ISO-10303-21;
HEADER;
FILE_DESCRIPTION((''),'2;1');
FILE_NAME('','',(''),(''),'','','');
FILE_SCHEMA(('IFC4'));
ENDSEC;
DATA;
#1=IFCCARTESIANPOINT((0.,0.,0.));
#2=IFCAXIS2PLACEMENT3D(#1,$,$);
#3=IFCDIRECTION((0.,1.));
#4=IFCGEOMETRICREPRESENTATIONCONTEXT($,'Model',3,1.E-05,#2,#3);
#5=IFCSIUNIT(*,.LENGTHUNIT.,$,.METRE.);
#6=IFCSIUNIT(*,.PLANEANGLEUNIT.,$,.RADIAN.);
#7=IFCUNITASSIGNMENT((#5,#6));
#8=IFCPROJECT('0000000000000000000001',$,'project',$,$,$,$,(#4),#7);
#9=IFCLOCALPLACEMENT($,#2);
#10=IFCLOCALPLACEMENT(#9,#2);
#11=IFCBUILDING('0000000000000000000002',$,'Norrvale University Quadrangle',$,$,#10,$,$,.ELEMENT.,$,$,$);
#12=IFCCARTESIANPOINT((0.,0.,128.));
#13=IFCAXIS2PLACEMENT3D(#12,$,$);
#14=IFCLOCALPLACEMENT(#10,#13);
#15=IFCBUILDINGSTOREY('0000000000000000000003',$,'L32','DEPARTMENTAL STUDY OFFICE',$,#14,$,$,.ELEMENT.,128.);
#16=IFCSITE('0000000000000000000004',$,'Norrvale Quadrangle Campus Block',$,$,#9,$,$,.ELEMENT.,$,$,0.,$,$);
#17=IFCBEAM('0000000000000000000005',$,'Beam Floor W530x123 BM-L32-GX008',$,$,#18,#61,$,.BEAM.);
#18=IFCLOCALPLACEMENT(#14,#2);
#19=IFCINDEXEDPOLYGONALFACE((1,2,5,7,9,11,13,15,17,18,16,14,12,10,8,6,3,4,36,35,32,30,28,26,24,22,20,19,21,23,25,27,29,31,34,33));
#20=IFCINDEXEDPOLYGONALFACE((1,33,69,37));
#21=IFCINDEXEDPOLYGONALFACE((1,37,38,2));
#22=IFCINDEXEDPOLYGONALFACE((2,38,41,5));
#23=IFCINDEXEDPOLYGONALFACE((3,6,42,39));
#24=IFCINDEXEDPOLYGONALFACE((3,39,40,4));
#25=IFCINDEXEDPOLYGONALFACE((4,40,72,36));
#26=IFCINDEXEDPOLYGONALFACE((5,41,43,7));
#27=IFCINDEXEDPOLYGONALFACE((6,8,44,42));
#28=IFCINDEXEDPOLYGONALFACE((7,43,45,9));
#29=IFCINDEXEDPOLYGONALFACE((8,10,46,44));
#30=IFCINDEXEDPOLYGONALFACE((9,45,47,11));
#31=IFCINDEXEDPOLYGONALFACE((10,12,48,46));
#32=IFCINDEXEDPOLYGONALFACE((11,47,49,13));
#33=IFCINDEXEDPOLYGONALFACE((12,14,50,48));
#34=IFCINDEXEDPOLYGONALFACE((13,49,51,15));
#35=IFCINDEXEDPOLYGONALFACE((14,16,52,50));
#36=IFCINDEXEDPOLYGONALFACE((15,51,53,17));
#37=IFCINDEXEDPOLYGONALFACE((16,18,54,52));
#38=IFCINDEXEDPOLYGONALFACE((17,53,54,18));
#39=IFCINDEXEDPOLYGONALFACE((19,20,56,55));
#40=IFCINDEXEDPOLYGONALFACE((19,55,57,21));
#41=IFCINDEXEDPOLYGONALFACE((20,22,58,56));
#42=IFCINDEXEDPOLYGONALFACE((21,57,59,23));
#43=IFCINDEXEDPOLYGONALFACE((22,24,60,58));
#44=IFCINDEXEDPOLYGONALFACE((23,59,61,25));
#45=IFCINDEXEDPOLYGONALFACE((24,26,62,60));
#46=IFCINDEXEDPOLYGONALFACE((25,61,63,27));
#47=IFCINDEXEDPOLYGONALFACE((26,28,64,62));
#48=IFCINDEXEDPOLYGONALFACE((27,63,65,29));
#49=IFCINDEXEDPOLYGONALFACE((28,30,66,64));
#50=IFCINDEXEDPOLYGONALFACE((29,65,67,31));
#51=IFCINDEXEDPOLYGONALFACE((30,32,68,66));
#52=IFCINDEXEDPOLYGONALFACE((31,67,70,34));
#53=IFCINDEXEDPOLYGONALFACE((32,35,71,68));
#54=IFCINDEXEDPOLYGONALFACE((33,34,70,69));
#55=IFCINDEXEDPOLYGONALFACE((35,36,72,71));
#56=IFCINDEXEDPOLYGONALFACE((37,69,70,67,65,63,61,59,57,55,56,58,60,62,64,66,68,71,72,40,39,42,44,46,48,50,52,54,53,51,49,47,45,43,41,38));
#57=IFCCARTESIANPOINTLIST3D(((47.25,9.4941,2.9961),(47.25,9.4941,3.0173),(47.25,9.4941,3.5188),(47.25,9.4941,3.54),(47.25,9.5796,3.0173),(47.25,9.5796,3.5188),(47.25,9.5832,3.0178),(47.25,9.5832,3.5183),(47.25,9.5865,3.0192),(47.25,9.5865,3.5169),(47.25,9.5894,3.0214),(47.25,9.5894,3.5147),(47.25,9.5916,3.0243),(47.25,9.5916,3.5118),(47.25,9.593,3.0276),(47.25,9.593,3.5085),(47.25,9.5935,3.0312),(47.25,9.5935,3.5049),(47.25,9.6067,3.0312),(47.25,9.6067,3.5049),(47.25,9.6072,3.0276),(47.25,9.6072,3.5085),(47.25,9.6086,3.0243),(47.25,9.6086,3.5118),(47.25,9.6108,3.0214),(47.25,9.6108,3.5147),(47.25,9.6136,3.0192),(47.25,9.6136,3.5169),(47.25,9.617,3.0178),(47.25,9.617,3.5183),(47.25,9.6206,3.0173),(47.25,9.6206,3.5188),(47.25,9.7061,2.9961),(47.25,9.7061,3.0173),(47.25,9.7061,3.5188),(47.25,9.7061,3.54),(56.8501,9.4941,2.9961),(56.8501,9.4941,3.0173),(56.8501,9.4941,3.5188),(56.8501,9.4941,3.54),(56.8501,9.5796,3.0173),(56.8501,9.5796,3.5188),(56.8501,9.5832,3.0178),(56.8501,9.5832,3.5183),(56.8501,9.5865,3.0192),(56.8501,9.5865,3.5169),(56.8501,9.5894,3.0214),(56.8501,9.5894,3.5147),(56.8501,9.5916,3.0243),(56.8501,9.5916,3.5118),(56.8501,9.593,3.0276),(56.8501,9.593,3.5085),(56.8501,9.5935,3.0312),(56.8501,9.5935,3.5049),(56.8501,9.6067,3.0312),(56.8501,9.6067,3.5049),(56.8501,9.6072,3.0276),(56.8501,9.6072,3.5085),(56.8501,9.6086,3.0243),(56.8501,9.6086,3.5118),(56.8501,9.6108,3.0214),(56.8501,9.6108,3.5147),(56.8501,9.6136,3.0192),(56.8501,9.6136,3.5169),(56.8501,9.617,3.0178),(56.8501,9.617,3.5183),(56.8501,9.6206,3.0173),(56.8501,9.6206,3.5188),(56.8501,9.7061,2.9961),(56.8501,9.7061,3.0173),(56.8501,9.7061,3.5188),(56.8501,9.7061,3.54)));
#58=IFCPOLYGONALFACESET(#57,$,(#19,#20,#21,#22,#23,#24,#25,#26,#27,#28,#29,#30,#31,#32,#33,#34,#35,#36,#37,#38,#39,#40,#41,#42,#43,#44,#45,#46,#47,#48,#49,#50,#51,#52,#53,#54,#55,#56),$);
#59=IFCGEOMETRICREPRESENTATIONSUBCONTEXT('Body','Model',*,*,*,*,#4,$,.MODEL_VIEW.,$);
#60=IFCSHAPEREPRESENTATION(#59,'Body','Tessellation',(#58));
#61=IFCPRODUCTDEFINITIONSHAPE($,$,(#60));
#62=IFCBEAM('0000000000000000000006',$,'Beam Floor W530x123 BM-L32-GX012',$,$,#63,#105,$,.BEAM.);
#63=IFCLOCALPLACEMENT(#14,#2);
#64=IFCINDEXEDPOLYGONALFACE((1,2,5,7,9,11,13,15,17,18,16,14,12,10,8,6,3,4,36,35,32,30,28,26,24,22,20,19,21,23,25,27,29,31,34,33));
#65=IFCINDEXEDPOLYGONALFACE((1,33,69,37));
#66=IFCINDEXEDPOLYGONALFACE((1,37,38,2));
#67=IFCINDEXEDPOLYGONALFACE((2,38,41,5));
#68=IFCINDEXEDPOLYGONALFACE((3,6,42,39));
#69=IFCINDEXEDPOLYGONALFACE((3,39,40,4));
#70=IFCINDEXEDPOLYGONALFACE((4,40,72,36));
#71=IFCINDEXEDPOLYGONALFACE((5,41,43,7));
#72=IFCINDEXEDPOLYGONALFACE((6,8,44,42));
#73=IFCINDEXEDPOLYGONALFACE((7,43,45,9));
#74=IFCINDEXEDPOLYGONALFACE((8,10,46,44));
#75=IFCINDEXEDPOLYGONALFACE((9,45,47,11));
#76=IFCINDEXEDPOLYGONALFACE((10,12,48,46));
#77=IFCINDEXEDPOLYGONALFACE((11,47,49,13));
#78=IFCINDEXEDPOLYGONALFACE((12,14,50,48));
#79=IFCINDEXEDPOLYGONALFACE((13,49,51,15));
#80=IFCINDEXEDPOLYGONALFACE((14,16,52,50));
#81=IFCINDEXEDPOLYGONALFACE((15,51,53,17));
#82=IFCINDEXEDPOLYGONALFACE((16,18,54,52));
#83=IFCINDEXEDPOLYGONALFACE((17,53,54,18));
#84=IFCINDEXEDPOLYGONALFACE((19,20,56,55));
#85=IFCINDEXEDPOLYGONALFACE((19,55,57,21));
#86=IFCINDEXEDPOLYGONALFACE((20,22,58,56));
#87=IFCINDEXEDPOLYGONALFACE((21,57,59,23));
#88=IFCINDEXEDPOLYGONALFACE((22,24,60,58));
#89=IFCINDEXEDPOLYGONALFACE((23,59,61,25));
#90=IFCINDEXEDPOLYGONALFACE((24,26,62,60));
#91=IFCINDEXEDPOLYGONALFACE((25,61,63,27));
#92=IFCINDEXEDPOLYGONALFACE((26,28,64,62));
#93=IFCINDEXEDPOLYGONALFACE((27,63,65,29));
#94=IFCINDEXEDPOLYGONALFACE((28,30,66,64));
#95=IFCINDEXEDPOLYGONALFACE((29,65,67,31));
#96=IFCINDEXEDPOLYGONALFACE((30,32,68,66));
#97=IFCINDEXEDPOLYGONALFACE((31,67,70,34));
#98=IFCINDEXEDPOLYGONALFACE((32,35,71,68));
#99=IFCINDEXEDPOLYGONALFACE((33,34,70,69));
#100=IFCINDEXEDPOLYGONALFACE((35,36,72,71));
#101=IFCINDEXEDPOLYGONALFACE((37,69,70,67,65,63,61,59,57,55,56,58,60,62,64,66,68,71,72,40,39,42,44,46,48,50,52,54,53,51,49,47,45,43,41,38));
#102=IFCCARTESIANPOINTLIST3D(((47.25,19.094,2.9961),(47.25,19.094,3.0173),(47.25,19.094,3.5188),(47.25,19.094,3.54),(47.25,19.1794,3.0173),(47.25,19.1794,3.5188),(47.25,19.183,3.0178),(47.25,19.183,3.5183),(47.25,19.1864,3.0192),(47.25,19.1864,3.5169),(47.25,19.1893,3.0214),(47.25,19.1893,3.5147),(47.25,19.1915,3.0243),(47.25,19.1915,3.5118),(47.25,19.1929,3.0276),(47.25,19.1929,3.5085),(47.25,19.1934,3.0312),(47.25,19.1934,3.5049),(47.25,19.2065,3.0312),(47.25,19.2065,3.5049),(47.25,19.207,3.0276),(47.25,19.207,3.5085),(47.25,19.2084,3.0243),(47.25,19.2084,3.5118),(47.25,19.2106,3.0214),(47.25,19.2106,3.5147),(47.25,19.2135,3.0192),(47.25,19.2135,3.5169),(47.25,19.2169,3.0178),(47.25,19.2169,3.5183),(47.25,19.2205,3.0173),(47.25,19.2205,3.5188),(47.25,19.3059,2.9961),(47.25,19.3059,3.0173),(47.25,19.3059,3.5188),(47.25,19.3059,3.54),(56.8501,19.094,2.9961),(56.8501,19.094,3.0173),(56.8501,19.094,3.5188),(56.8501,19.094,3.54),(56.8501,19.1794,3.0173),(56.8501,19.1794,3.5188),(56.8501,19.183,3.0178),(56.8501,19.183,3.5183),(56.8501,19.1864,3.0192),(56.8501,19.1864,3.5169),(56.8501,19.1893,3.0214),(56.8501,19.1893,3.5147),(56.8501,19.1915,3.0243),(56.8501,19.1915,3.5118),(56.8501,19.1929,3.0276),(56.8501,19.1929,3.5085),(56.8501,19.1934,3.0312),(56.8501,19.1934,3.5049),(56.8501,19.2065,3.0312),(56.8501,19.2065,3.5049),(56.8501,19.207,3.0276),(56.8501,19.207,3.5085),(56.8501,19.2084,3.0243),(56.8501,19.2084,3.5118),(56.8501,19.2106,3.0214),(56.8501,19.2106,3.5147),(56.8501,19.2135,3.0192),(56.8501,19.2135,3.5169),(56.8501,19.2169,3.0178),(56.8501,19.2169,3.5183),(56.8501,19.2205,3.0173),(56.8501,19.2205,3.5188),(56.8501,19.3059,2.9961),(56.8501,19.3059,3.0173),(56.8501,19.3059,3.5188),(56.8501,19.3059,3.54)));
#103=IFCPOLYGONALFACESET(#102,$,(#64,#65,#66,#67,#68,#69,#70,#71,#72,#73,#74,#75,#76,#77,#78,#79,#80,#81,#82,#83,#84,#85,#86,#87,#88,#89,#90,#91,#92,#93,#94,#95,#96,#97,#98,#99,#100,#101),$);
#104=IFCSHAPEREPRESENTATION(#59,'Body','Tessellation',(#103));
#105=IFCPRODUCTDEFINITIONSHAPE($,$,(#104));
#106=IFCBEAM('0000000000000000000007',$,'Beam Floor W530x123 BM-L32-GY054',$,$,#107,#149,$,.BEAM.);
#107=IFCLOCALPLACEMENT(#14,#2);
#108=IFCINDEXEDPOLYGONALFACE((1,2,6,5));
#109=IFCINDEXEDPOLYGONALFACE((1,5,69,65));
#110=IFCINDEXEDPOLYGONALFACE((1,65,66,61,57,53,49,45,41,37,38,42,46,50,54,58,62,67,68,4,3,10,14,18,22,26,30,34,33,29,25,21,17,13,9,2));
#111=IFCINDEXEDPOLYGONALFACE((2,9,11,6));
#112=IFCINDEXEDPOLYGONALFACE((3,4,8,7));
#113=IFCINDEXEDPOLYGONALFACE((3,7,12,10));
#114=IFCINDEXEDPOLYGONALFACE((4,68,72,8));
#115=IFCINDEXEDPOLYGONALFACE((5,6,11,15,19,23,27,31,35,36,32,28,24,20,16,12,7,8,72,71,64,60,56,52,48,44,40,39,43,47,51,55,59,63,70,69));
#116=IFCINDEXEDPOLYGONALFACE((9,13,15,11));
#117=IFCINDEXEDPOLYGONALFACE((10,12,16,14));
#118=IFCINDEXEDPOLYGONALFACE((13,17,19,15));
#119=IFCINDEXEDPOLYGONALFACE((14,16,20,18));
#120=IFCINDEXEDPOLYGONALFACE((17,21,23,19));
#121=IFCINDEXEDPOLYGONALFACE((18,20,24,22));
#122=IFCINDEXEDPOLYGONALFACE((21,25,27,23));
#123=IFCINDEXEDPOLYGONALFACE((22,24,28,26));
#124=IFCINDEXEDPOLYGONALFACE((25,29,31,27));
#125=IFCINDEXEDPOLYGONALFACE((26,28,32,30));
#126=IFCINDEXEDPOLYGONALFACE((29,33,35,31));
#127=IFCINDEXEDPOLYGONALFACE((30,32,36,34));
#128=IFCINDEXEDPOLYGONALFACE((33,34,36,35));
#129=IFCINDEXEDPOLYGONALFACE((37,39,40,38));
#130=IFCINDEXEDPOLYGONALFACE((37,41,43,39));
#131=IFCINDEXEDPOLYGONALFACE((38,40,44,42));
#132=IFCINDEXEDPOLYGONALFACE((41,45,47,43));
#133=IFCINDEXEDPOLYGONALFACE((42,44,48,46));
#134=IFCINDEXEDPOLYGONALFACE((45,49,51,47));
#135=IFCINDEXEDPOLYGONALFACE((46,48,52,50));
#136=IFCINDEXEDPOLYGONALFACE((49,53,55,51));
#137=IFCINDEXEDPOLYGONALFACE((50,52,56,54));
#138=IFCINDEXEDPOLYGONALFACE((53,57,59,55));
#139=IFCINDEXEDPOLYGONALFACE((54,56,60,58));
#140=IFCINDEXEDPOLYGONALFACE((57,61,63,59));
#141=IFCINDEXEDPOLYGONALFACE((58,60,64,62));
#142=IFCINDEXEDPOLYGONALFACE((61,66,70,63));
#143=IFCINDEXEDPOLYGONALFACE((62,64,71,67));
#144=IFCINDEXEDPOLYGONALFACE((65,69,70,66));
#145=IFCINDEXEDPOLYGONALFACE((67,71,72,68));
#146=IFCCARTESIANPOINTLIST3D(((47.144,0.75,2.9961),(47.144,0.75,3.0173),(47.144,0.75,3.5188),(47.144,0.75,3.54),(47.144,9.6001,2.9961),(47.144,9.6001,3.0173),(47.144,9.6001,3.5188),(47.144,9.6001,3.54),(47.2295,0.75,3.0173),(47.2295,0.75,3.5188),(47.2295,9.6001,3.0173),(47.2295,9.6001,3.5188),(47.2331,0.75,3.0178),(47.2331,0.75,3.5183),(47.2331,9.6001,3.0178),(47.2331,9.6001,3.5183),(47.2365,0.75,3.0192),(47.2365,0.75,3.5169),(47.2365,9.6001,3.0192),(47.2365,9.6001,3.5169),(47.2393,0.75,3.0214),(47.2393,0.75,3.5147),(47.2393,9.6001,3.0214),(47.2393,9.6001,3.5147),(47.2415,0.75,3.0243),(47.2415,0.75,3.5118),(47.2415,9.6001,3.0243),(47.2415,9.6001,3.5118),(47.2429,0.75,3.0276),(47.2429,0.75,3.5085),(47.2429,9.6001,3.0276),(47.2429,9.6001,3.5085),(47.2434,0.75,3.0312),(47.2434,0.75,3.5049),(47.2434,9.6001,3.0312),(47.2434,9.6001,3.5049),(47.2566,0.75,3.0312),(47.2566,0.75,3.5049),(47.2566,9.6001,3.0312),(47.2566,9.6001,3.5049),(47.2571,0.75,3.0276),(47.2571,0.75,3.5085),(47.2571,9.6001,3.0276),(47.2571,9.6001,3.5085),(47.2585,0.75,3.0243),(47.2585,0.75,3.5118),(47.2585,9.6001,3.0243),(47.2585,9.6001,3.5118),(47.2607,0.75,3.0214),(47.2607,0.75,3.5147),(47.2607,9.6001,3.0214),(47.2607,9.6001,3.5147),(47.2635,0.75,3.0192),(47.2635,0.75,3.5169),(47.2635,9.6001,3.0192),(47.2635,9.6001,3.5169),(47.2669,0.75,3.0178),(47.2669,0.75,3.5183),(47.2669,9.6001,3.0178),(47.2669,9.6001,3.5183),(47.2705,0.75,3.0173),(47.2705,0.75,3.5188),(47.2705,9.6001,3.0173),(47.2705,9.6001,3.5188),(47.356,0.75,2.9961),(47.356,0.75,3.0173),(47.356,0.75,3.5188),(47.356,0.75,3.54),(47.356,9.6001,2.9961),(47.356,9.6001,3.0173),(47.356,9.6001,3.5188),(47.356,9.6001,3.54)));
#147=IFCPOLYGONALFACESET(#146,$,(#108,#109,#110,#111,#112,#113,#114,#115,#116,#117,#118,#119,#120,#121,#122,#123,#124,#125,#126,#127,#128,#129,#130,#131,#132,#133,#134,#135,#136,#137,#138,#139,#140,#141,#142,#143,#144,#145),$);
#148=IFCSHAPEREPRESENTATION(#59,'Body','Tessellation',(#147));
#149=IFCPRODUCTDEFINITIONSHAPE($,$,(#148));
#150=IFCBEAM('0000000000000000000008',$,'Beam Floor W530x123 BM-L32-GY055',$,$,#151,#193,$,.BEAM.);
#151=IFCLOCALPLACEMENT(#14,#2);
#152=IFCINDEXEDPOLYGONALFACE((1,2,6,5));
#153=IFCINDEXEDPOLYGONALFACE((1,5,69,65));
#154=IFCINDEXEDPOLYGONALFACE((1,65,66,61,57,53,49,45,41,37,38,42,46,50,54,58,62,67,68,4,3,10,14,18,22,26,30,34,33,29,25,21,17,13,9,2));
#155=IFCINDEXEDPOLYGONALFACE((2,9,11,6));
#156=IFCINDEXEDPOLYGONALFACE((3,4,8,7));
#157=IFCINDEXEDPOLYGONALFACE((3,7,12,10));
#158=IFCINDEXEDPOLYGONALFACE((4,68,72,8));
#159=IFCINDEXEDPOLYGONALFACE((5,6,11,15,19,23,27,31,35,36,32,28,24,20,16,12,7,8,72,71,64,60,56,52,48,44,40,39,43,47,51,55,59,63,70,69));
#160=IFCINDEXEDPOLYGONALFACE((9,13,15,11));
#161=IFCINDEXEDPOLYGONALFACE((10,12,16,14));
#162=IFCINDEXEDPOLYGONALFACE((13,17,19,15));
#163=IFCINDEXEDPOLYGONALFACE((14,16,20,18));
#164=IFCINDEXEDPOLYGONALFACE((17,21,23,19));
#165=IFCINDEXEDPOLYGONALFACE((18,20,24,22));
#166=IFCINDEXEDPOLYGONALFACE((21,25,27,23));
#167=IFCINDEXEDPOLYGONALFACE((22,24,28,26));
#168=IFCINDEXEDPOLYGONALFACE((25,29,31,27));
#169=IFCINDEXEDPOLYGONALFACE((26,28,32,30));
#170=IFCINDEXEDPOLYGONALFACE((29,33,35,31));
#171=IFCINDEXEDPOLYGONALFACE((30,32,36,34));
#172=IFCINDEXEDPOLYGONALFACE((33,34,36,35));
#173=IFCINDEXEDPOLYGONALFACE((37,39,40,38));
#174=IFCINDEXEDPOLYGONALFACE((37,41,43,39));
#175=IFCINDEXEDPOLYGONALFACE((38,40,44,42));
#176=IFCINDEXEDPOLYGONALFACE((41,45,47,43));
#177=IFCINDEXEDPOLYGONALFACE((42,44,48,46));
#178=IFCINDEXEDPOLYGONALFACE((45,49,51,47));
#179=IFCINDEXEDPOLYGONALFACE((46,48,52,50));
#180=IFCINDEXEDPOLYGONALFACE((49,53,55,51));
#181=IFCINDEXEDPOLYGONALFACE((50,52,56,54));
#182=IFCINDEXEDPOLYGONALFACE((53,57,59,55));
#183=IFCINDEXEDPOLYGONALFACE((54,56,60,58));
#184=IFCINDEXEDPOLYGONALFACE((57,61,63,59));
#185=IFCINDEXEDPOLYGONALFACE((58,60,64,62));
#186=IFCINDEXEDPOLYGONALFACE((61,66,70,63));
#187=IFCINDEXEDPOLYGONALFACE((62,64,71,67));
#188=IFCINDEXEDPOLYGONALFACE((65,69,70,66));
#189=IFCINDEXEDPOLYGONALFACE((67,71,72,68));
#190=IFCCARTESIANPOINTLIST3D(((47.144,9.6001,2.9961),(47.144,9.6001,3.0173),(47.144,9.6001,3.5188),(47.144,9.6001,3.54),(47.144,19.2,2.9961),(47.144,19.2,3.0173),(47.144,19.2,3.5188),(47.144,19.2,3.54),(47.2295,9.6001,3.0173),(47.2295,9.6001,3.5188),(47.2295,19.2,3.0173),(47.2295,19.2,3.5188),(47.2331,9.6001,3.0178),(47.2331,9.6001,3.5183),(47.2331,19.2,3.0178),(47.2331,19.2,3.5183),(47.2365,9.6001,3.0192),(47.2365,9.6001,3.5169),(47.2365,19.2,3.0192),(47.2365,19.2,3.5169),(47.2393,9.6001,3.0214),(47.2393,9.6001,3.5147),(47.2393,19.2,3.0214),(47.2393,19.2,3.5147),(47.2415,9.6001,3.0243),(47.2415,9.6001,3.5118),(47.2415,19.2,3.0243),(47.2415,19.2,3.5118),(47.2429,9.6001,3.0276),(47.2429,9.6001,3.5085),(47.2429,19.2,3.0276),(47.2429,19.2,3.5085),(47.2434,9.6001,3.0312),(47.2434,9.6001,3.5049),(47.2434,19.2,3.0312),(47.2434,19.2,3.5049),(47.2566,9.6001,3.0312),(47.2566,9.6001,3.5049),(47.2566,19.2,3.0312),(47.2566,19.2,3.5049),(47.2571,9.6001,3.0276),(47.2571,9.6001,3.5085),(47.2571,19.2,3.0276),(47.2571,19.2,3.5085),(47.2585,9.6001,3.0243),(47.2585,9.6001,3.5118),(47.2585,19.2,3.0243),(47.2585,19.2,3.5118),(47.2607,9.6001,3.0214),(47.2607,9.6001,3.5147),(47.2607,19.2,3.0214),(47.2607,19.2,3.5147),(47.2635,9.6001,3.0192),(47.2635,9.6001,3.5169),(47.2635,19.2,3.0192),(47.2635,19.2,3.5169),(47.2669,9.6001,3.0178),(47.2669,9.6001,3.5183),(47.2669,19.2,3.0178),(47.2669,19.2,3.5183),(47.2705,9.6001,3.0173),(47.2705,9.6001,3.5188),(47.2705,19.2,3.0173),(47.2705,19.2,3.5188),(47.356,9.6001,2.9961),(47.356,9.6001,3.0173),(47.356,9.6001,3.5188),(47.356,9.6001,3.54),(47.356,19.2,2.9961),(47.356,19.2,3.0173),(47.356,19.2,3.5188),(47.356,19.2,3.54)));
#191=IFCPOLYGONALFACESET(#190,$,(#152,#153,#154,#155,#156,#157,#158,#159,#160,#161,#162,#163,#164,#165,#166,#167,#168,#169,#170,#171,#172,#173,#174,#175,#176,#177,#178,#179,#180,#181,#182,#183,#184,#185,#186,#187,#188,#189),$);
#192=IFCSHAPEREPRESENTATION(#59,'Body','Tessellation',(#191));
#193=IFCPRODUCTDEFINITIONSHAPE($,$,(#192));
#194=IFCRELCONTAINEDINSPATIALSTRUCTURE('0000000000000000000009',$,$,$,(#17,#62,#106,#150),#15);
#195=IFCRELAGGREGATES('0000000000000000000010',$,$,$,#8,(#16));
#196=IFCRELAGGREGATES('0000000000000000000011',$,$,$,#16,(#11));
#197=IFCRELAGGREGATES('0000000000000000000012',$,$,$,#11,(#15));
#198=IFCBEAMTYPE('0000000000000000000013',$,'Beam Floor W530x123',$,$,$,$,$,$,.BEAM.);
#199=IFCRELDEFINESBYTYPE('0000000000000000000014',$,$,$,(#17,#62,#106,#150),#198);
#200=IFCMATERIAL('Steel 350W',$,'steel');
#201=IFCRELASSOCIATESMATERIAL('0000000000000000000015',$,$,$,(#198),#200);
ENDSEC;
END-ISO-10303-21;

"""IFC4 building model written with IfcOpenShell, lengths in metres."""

from ifc_helpers import new_model, si_unit, direction, frame, origin, origin_2d, place, context, subcontext, project, spatial, i_section, extrude, material, material_profile, profile_set, type_object, element, save


model = new_model("IFC4")

# Units and contexts
model_context = context("Model", 3, precision=1e-05, world=origin(), true_north=direction((0.0, 1.0)))
body_context = subcontext(model_context, "Body", "Model", "MODEL_VIEW")
ifc_project = project(units=[si_unit("LENGTHUNIT", "METRE"), si_unit("PLANEANGLEUNIT", "RADIAN")], contexts=[model_context])

# Site, building, storey
site_placement = place(None, origin())
site = spatial("IfcSite", under=ifc_project, at=site_placement, Name="Norrvale Quadrangle Campus Block", CompositionType="ELEMENT", RefElevation=0.0)
building_placement = place(site_placement, origin())
building = spatial("IfcBuilding", under=site, at=building_placement, Name="Norrvale University Quadrangle", CompositionType="ELEMENT")
storey_placement = place(building_placement, frame((0.0, 0.0, 128.0)))
storey = spatial("IfcBuildingStorey", under=building, at=storey_placement, Name="L32", Description="DEPARTMENTAL STUDY OFFICE", CompositionType="ELEMENT", Elevation=128.0)

# Beams
ifc_material_1 = material(Name="Steel 350W", Category="steel")
ifc_material_profile_1 = material_profile(ifc_material_1, i_section(OverallWidth=0.2119, OverallDepth=0.5439, WebThickness=0.0132, FlangeThickness=0.0212, FilletRadius=0.0139, at=origin_2d()), Name="Steel 350W")
ifc_profile_set_1 = profile_set([ifc_material_profile_1], Name="Steel 350W")
beam_type_1 = type_object("IfcBeamType", Name="Beam Floor W530x123", PredefinedType="BEAM", material=ifc_profile_set_1)
for number, where, z_axis, x_axis, name in (
    (1, (47.25, 9.6001, 3.2681), (1.0, 0.0, 0.0), (0.0, 1.0, 0.0), "Beam Floor W530x123 BM-L32-GX008"),
    (2, (47.25, 19.2, 3.2681), (1.0, 0.0, 0.0), (0.0, 1.0, 0.0), "Beam Floor W530x123 BM-L32-GX012"),
):
    element("IfcBeam", number, at=place(storey_placement, frame(where, z_axis=z_axis, x_axis=x_axis)), inside=storey, type_object=beam_type_1, Name=name, PredefinedType="BEAM", context=body_context, shape_type="SweptSolid", body=[
        extrude(i_section(OverallWidth=0.2119, OverallDepth=0.5439, WebThickness=0.0132, FlangeThickness=0.0212, FilletRadius=0.0139, at=origin_2d()), origin(), (0.0, 0.0, 1.0), 9.6001),
    ])
beam_1_placement = place(storey_placement, frame((47.25, 0.75, 3.2681), z_axis=(0.0, 1.0, 0.0), x_axis=(-1.0, 0.0, 0.0)))
element("IfcBeam", 3, at=beam_1_placement, inside=storey, type_object=beam_type_1, Name="Beam Floor W530x123 BM-L32-GY054", PredefinedType="BEAM", context=body_context, shape_type="SweptSolid", body=[
    extrude(i_section(OverallWidth=0.2119, OverallDepth=0.5439, WebThickness=0.0132, FlangeThickness=0.0212, FilletRadius=0.0139, at=origin_2d()), origin(), (0.0, 0.0, 1.0), 8.8501),
])
beam_2_placement = place(storey_placement, frame((47.25, 9.6001, 3.2681), z_axis=(0.0, 1.0, 0.0), x_axis=(-1.0, 0.0, 0.0)))
element("IfcBeam", 4, at=beam_2_placement, inside=storey, type_object=beam_type_1, Name="Beam Floor W530x123 BM-L32-GY055", PredefinedType="BEAM", context=body_context, shape_type="SweptSolid", body=[
    extrude(i_section(OverallWidth=0.2119, OverallDepth=0.5439, WebThickness=0.0132, FlangeThickness=0.0212, FilletRadius=0.0139, at=origin_2d()), origin(), (0.0, 0.0, 1.0), 9.5999),
])

save(model, "model.ifc")
